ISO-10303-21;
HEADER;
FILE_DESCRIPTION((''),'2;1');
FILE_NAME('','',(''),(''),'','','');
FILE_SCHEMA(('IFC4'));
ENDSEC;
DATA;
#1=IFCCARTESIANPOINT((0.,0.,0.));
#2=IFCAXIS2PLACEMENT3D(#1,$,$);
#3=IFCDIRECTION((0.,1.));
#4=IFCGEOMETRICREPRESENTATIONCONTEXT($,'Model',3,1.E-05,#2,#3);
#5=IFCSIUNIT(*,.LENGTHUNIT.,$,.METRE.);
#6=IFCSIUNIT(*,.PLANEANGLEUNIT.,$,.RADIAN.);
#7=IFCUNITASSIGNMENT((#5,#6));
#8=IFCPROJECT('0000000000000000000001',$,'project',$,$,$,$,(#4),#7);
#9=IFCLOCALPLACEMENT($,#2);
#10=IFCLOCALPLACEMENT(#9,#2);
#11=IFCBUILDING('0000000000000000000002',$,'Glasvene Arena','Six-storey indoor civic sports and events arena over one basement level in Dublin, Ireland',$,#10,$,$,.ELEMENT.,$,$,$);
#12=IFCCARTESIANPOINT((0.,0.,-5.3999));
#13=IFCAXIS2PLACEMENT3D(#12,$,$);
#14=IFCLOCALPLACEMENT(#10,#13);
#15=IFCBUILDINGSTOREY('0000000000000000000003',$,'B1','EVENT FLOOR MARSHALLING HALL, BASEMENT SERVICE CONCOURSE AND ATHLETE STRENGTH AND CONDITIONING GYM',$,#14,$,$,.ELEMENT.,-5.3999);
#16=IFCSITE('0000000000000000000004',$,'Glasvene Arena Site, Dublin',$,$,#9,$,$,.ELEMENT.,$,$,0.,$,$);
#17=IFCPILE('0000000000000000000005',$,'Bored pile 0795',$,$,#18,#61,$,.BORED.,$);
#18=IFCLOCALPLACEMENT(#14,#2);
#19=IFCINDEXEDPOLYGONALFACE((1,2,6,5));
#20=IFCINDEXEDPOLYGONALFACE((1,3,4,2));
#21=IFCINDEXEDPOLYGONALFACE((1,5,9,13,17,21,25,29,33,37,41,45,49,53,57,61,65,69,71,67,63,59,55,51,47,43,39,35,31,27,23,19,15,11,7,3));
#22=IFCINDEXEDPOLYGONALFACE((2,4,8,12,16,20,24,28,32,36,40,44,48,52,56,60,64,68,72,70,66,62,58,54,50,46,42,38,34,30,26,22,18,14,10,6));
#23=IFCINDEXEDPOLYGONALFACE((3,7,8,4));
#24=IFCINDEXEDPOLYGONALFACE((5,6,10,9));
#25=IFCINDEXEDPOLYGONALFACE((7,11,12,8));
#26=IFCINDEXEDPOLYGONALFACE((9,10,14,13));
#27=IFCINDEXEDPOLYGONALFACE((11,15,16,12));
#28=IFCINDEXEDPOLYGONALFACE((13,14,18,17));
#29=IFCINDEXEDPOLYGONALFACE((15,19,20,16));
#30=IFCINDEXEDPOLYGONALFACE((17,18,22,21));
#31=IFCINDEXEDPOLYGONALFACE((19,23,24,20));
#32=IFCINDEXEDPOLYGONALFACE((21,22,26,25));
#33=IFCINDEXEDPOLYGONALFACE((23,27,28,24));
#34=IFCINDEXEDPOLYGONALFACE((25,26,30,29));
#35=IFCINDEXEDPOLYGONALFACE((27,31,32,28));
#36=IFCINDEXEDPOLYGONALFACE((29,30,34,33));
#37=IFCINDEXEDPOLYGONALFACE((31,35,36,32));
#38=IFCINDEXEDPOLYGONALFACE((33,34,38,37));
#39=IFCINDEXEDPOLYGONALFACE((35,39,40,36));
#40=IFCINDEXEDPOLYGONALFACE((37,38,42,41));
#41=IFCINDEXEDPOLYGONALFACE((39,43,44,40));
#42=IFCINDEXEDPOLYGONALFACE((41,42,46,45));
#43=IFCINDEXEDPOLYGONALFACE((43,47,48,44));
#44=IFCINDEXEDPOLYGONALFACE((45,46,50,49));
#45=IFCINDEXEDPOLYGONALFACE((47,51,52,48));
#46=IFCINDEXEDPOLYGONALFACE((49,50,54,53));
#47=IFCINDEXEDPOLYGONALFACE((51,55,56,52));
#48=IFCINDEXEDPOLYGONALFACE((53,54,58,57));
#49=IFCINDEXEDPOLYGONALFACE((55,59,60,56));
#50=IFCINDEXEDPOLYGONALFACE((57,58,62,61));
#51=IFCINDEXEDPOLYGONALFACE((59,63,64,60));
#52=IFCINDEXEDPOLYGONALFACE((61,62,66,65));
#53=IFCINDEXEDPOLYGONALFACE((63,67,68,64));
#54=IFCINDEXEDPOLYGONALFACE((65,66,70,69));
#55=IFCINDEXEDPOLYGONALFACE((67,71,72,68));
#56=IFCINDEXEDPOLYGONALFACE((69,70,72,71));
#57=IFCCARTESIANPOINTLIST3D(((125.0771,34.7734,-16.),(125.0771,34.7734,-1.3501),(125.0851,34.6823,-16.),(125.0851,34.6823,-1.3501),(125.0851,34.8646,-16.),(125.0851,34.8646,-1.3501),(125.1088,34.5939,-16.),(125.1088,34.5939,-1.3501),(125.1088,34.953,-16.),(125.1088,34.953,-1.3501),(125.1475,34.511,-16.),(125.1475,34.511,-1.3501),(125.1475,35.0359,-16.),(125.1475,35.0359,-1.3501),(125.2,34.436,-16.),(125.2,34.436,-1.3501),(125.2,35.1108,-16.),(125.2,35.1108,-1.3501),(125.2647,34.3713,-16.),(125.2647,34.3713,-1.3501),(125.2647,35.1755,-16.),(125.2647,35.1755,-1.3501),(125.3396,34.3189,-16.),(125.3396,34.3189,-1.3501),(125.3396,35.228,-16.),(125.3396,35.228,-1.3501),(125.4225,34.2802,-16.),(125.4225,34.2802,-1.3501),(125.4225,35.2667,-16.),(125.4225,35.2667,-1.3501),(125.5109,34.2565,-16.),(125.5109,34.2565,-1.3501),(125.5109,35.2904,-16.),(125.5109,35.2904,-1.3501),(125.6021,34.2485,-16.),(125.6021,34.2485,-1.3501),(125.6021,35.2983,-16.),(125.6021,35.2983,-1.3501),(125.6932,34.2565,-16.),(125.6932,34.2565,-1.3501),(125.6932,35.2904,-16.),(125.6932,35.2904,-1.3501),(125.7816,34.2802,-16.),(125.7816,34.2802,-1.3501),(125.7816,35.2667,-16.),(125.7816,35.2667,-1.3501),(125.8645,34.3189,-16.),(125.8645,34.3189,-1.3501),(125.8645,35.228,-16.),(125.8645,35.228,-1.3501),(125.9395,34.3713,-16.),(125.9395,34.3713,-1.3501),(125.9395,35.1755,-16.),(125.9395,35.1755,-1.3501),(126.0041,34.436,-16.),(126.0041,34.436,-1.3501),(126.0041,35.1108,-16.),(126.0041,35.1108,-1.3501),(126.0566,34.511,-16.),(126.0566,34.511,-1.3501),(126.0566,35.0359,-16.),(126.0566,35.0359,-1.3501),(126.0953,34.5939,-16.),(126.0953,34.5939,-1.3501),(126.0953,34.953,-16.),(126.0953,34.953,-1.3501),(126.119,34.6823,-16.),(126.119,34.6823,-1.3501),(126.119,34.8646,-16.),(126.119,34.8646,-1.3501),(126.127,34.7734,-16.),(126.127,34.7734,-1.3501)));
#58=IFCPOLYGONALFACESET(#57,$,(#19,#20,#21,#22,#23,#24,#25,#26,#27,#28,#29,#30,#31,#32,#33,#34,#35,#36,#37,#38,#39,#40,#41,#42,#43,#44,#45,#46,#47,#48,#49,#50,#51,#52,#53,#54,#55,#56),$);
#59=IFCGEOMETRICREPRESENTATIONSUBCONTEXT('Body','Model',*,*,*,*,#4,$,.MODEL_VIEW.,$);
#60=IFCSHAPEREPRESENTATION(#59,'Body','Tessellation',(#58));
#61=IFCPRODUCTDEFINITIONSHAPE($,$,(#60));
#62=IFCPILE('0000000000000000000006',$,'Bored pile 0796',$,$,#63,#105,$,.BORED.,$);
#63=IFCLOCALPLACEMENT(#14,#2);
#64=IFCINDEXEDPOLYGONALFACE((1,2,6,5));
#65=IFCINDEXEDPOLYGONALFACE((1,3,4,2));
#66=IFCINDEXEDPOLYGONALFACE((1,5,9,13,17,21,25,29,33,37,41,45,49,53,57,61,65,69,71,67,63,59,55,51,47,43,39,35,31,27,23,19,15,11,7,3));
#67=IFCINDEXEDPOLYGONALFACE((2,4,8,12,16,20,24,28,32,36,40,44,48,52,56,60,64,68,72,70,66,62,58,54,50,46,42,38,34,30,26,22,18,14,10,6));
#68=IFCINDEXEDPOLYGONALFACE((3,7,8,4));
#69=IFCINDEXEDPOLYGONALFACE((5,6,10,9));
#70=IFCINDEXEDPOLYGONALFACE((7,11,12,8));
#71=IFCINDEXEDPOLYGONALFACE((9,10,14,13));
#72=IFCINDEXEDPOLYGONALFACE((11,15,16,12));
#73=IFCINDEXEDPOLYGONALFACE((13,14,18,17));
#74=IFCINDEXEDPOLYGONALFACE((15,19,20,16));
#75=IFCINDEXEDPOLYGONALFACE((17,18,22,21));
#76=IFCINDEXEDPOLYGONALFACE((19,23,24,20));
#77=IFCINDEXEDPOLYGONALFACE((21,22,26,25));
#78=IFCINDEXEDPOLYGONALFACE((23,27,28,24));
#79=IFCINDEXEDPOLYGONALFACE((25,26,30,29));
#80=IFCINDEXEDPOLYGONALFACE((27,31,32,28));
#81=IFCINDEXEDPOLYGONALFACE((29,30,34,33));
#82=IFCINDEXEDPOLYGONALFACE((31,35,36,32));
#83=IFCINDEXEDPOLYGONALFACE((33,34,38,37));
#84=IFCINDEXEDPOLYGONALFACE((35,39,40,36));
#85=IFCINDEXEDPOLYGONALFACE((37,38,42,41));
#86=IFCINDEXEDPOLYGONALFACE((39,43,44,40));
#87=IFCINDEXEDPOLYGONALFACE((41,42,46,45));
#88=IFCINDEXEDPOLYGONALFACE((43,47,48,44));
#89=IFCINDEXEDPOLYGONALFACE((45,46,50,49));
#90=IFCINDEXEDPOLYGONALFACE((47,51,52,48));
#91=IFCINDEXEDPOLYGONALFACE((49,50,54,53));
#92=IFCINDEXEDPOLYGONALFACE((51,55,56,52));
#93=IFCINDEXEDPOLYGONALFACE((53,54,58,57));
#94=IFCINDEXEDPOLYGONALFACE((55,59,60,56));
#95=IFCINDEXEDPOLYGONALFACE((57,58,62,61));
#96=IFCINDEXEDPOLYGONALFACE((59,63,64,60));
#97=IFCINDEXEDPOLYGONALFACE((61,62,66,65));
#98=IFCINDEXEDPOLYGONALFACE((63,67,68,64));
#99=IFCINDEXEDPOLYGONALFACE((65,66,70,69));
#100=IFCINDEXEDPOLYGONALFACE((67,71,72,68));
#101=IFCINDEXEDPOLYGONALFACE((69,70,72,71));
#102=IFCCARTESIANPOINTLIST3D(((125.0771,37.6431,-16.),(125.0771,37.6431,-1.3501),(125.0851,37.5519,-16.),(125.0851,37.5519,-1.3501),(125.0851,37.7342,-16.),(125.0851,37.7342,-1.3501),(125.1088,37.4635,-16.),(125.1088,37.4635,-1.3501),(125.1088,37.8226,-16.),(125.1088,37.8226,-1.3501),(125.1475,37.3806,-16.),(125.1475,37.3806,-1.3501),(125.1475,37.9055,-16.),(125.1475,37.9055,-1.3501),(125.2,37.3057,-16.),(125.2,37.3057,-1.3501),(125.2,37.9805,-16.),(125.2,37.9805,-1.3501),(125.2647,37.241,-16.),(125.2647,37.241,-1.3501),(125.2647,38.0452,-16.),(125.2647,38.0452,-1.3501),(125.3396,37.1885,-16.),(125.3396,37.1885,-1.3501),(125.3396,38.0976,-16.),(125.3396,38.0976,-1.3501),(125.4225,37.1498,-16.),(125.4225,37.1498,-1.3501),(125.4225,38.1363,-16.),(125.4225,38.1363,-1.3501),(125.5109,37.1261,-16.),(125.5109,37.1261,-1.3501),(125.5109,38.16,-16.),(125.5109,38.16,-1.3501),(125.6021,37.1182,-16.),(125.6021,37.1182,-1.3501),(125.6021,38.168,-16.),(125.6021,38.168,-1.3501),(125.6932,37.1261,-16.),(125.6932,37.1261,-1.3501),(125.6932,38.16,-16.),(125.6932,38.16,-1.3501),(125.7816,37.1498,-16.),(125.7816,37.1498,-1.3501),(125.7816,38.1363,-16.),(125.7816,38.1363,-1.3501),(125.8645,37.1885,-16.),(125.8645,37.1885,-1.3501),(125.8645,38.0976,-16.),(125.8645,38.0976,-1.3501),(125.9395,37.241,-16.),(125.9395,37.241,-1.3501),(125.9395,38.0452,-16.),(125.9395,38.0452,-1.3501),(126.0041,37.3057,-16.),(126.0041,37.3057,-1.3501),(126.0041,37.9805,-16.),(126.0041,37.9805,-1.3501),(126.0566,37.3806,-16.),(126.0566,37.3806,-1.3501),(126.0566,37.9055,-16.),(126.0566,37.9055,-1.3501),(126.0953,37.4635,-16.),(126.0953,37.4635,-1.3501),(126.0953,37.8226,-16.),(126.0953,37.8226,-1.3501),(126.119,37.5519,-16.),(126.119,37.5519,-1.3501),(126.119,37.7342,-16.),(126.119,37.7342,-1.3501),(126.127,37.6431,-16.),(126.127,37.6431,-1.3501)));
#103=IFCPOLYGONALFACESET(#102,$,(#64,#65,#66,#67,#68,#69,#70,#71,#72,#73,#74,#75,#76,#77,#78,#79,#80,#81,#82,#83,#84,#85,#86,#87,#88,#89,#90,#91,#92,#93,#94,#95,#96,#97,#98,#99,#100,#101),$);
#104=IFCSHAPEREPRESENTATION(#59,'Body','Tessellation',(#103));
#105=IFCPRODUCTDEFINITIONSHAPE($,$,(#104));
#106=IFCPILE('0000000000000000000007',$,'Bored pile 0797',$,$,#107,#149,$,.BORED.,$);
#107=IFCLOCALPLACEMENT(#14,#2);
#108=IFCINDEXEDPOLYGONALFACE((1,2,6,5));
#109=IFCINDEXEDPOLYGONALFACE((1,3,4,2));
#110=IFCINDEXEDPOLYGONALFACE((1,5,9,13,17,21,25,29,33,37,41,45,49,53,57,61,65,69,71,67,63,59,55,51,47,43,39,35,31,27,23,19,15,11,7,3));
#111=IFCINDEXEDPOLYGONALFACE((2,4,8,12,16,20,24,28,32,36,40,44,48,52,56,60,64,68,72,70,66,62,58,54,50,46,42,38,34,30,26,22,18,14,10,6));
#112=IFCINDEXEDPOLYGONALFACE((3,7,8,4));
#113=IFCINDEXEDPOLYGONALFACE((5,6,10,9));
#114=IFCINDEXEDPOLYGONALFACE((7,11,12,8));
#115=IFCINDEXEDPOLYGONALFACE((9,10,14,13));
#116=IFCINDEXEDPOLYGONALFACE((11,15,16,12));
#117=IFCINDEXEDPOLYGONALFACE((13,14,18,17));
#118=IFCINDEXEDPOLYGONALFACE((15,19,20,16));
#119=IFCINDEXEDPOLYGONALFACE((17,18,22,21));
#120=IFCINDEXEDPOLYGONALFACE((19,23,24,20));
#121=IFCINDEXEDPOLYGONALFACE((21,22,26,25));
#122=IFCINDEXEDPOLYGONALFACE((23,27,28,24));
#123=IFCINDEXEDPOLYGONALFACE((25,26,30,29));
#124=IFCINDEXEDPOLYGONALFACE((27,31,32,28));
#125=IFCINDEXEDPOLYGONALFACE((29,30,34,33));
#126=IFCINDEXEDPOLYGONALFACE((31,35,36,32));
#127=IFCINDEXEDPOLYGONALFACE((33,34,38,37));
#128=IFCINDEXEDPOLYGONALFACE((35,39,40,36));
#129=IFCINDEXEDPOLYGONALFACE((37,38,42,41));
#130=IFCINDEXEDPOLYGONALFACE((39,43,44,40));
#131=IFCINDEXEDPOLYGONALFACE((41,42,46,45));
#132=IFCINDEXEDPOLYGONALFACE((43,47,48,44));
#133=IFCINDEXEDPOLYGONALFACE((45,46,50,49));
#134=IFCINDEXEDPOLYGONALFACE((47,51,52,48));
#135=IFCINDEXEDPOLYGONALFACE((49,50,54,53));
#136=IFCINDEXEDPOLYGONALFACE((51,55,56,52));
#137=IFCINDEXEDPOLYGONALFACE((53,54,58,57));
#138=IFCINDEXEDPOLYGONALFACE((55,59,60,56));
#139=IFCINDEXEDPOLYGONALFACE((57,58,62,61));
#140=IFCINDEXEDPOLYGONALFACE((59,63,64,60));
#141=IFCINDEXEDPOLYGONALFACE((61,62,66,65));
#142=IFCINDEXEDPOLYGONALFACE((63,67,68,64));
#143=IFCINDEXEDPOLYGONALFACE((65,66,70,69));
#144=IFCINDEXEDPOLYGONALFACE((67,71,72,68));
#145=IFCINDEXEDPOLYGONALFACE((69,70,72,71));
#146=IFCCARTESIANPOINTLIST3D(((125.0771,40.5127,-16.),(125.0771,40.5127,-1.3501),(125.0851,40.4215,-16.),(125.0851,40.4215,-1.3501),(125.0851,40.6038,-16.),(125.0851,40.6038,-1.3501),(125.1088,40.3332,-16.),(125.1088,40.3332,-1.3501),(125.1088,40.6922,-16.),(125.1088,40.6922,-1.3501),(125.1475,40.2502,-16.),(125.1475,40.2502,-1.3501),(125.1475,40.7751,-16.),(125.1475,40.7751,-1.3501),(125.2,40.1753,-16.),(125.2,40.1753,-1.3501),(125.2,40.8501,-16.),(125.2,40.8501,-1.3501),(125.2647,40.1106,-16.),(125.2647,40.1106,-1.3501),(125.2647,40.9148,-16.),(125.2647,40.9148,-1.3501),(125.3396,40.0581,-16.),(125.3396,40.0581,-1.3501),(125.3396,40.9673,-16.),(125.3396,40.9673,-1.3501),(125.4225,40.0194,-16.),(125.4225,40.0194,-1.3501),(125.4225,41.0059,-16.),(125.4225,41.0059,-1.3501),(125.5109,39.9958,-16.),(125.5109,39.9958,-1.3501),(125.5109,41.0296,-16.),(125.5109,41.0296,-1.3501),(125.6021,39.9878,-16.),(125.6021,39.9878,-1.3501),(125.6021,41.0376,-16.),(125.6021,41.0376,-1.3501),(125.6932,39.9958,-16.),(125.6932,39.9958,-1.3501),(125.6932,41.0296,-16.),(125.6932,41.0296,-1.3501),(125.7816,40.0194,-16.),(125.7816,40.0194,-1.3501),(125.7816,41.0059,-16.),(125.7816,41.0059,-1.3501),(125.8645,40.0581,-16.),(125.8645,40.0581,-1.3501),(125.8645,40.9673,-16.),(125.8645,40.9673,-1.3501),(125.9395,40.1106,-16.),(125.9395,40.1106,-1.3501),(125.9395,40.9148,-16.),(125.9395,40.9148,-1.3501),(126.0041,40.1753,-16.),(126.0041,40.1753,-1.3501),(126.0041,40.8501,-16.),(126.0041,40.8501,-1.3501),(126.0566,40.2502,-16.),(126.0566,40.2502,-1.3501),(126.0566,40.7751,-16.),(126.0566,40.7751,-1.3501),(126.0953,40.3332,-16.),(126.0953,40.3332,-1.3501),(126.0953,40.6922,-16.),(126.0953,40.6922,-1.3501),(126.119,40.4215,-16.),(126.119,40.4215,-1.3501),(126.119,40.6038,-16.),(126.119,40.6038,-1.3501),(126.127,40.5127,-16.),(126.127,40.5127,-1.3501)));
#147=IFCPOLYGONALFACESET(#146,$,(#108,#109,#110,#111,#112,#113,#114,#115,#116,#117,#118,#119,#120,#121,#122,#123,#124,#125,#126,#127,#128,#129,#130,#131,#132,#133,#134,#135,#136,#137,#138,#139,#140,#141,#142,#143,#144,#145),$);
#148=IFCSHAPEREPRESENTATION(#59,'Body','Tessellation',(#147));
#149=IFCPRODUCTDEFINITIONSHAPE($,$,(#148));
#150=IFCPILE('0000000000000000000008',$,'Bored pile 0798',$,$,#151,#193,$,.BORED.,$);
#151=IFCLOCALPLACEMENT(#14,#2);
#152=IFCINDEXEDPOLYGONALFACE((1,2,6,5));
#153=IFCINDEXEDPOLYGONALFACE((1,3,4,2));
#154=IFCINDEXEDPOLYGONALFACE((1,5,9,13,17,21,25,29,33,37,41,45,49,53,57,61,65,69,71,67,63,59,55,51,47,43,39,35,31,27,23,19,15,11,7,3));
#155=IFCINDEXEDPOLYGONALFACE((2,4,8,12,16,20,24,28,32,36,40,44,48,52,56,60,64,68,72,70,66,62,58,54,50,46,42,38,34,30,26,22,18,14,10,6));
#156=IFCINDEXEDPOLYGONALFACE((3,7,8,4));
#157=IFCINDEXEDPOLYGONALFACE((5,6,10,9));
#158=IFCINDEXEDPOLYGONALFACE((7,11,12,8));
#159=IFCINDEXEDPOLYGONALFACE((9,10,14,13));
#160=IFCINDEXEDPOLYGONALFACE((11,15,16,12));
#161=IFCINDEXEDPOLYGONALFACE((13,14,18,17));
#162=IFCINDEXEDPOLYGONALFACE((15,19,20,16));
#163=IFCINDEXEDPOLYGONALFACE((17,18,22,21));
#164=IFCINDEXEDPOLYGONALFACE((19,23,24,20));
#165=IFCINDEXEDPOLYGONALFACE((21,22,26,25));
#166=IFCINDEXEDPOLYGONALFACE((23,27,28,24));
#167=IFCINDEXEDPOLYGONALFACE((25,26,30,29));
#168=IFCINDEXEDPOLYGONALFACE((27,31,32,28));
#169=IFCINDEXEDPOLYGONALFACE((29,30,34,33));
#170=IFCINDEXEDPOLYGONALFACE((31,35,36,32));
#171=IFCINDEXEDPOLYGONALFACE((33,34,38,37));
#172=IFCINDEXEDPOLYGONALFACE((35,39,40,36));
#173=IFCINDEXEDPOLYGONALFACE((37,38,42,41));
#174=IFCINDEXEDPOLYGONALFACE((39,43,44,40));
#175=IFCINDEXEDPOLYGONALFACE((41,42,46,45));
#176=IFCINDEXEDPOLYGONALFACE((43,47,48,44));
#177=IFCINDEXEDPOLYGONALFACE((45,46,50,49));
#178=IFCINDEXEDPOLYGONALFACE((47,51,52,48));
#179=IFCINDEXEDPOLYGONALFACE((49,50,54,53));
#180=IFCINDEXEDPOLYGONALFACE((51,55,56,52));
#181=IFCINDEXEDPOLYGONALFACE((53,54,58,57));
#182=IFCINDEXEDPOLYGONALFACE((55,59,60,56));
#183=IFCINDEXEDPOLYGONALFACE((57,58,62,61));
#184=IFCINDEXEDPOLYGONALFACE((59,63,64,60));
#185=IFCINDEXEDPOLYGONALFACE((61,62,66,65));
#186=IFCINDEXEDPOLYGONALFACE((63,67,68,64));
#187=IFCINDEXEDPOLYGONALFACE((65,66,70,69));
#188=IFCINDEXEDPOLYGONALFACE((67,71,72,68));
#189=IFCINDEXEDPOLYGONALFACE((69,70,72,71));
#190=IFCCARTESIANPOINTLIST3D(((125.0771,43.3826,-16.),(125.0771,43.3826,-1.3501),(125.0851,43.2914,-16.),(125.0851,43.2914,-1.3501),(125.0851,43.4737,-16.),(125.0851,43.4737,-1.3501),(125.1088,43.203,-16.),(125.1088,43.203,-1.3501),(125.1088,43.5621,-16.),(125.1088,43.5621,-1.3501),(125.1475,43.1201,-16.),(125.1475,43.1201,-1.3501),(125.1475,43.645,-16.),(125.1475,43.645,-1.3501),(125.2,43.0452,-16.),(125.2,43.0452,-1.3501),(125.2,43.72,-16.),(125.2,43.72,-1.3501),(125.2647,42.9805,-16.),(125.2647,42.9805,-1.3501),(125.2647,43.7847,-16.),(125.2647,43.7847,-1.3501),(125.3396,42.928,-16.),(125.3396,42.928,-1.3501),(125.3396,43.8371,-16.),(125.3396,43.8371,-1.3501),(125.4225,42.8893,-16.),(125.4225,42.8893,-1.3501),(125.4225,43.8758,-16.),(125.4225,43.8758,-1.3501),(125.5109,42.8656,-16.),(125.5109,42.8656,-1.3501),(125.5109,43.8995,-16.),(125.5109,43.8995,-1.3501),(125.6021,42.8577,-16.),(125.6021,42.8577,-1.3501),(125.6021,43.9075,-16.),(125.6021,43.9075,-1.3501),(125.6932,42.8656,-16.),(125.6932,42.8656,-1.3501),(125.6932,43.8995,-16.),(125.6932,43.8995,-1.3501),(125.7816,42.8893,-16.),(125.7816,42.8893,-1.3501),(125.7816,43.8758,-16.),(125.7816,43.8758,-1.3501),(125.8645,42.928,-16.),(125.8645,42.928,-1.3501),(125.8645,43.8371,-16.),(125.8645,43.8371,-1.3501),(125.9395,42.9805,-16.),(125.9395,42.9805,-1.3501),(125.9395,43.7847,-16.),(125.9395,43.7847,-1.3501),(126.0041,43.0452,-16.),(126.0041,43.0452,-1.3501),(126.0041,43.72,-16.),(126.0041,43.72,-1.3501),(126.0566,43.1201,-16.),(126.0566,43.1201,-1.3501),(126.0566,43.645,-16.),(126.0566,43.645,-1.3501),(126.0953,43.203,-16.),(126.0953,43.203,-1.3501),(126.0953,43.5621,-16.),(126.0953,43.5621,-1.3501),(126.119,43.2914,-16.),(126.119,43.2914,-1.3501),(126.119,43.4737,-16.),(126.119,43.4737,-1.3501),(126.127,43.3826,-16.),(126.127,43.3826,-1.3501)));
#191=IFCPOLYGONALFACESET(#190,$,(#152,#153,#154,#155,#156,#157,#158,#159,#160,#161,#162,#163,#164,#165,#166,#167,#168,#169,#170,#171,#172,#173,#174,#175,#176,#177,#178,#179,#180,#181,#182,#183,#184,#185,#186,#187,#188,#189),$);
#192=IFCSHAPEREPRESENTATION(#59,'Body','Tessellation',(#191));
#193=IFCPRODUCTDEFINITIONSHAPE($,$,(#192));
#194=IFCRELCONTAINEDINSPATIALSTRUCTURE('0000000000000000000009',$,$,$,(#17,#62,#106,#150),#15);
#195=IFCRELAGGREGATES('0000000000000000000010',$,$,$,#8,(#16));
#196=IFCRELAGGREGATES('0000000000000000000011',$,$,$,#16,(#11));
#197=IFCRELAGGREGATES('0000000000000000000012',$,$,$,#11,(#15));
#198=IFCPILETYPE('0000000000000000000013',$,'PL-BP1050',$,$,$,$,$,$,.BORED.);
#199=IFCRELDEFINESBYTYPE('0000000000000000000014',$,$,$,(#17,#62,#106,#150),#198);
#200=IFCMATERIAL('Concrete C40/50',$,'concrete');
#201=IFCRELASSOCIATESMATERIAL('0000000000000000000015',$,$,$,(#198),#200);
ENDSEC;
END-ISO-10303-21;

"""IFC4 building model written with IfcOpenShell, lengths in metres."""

from ifc_helpers import new_model, si_unit, direction, frame, origin, origin_2d, place, context, subcontext, project, spatial, circle, extrude, material, material_profile, profile_set, type_object, element, save


model = new_model("IFC4")

# Units and contexts
model_context = context("Model", 3, precision=1e-05, world=origin(), true_north=direction((0.0, 1.0)))
body_context = subcontext(model_context, "Body", "Model", "MODEL_VIEW")
ifc_project = project(units=[si_unit("LENGTHUNIT", "METRE"), si_unit("PLANEANGLEUNIT", "RADIAN")], contexts=[model_context])

# Site, building, storey
site_placement = place(None, origin())
site = spatial("IfcSite", under=ifc_project, at=site_placement, Name="Glasvene Arena Site, Dublin", CompositionType="ELEMENT", RefElevation=0.0)
building_placement = place(site_placement, origin())
building = spatial("IfcBuilding", under=site, at=building_placement, Name="Glasvene Arena", Description="Six-storey indoor civic sports and events arena over one basement level in Dublin, Ireland", CompositionType="ELEMENT")
storey_placement = place(building_placement, frame((0.0, 0.0, -5.3999)))
storey = spatial("IfcBuildingStorey", under=building, at=storey_placement, Name="B1", Description="EVENT FLOOR MARSHALLING HALL, BASEMENT SERVICE CONCOURSE AND ATHLETE STRENGTH AND CONDITIONING GYM", CompositionType="ELEMENT", Elevation=-5.3999)

# Piles
ifc_material_1 = material(Name="Concrete C40/50", Category="concrete")
ifc_material_profile_1 = material_profile(ifc_material_1, circle(Radius=0.5249, at=origin_2d()), Name="BORED PILE 1050")
ifc_profile_set_1 = profile_set([ifc_material_profile_1], Name="Concrete C40/50")
pile_type = type_object("IfcPileType", Name="PL-BP1050", PredefinedType="BORED", material=ifc_profile_set_1)
for number, where, z_axis, x_axis, name in (
    (1, (125.6021, 34.7734, -1.3501), (0.0, 0.0, -1.0), (1.0, 0.0, 0.0), "Bored pile 0795"),
    (2, (125.6021, 37.6431, -1.3501), (0.0, 0.0, -1.0), (1.0, 0.0, 0.0), "Bored pile 0796"),
    (3, (125.6021, 40.5127, -1.3501), (0.0, 0.0, -1.0), (1.0, 0.0, 0.0), "Bored pile 0797"),
    (4, (125.6021, 43.3826, -1.3501), (0.0, 0.0, -1.0), (1.0, 0.0, 0.0), "Bored pile 0798"),
):
    element("IfcPile", number, at=place(storey_placement, frame(where, z_axis=z_axis, x_axis=x_axis)), inside=storey, type_object=pile_type, Name=name, PredefinedType="BORED", context=body_context, shape_type="SweptSolid", body=[
        extrude(circle(Radius=0.5249, at=origin_2d()), origin(), (0.0, 0.0, 1.0), 14.6499),
    ])

save(model, "model.ifc")
